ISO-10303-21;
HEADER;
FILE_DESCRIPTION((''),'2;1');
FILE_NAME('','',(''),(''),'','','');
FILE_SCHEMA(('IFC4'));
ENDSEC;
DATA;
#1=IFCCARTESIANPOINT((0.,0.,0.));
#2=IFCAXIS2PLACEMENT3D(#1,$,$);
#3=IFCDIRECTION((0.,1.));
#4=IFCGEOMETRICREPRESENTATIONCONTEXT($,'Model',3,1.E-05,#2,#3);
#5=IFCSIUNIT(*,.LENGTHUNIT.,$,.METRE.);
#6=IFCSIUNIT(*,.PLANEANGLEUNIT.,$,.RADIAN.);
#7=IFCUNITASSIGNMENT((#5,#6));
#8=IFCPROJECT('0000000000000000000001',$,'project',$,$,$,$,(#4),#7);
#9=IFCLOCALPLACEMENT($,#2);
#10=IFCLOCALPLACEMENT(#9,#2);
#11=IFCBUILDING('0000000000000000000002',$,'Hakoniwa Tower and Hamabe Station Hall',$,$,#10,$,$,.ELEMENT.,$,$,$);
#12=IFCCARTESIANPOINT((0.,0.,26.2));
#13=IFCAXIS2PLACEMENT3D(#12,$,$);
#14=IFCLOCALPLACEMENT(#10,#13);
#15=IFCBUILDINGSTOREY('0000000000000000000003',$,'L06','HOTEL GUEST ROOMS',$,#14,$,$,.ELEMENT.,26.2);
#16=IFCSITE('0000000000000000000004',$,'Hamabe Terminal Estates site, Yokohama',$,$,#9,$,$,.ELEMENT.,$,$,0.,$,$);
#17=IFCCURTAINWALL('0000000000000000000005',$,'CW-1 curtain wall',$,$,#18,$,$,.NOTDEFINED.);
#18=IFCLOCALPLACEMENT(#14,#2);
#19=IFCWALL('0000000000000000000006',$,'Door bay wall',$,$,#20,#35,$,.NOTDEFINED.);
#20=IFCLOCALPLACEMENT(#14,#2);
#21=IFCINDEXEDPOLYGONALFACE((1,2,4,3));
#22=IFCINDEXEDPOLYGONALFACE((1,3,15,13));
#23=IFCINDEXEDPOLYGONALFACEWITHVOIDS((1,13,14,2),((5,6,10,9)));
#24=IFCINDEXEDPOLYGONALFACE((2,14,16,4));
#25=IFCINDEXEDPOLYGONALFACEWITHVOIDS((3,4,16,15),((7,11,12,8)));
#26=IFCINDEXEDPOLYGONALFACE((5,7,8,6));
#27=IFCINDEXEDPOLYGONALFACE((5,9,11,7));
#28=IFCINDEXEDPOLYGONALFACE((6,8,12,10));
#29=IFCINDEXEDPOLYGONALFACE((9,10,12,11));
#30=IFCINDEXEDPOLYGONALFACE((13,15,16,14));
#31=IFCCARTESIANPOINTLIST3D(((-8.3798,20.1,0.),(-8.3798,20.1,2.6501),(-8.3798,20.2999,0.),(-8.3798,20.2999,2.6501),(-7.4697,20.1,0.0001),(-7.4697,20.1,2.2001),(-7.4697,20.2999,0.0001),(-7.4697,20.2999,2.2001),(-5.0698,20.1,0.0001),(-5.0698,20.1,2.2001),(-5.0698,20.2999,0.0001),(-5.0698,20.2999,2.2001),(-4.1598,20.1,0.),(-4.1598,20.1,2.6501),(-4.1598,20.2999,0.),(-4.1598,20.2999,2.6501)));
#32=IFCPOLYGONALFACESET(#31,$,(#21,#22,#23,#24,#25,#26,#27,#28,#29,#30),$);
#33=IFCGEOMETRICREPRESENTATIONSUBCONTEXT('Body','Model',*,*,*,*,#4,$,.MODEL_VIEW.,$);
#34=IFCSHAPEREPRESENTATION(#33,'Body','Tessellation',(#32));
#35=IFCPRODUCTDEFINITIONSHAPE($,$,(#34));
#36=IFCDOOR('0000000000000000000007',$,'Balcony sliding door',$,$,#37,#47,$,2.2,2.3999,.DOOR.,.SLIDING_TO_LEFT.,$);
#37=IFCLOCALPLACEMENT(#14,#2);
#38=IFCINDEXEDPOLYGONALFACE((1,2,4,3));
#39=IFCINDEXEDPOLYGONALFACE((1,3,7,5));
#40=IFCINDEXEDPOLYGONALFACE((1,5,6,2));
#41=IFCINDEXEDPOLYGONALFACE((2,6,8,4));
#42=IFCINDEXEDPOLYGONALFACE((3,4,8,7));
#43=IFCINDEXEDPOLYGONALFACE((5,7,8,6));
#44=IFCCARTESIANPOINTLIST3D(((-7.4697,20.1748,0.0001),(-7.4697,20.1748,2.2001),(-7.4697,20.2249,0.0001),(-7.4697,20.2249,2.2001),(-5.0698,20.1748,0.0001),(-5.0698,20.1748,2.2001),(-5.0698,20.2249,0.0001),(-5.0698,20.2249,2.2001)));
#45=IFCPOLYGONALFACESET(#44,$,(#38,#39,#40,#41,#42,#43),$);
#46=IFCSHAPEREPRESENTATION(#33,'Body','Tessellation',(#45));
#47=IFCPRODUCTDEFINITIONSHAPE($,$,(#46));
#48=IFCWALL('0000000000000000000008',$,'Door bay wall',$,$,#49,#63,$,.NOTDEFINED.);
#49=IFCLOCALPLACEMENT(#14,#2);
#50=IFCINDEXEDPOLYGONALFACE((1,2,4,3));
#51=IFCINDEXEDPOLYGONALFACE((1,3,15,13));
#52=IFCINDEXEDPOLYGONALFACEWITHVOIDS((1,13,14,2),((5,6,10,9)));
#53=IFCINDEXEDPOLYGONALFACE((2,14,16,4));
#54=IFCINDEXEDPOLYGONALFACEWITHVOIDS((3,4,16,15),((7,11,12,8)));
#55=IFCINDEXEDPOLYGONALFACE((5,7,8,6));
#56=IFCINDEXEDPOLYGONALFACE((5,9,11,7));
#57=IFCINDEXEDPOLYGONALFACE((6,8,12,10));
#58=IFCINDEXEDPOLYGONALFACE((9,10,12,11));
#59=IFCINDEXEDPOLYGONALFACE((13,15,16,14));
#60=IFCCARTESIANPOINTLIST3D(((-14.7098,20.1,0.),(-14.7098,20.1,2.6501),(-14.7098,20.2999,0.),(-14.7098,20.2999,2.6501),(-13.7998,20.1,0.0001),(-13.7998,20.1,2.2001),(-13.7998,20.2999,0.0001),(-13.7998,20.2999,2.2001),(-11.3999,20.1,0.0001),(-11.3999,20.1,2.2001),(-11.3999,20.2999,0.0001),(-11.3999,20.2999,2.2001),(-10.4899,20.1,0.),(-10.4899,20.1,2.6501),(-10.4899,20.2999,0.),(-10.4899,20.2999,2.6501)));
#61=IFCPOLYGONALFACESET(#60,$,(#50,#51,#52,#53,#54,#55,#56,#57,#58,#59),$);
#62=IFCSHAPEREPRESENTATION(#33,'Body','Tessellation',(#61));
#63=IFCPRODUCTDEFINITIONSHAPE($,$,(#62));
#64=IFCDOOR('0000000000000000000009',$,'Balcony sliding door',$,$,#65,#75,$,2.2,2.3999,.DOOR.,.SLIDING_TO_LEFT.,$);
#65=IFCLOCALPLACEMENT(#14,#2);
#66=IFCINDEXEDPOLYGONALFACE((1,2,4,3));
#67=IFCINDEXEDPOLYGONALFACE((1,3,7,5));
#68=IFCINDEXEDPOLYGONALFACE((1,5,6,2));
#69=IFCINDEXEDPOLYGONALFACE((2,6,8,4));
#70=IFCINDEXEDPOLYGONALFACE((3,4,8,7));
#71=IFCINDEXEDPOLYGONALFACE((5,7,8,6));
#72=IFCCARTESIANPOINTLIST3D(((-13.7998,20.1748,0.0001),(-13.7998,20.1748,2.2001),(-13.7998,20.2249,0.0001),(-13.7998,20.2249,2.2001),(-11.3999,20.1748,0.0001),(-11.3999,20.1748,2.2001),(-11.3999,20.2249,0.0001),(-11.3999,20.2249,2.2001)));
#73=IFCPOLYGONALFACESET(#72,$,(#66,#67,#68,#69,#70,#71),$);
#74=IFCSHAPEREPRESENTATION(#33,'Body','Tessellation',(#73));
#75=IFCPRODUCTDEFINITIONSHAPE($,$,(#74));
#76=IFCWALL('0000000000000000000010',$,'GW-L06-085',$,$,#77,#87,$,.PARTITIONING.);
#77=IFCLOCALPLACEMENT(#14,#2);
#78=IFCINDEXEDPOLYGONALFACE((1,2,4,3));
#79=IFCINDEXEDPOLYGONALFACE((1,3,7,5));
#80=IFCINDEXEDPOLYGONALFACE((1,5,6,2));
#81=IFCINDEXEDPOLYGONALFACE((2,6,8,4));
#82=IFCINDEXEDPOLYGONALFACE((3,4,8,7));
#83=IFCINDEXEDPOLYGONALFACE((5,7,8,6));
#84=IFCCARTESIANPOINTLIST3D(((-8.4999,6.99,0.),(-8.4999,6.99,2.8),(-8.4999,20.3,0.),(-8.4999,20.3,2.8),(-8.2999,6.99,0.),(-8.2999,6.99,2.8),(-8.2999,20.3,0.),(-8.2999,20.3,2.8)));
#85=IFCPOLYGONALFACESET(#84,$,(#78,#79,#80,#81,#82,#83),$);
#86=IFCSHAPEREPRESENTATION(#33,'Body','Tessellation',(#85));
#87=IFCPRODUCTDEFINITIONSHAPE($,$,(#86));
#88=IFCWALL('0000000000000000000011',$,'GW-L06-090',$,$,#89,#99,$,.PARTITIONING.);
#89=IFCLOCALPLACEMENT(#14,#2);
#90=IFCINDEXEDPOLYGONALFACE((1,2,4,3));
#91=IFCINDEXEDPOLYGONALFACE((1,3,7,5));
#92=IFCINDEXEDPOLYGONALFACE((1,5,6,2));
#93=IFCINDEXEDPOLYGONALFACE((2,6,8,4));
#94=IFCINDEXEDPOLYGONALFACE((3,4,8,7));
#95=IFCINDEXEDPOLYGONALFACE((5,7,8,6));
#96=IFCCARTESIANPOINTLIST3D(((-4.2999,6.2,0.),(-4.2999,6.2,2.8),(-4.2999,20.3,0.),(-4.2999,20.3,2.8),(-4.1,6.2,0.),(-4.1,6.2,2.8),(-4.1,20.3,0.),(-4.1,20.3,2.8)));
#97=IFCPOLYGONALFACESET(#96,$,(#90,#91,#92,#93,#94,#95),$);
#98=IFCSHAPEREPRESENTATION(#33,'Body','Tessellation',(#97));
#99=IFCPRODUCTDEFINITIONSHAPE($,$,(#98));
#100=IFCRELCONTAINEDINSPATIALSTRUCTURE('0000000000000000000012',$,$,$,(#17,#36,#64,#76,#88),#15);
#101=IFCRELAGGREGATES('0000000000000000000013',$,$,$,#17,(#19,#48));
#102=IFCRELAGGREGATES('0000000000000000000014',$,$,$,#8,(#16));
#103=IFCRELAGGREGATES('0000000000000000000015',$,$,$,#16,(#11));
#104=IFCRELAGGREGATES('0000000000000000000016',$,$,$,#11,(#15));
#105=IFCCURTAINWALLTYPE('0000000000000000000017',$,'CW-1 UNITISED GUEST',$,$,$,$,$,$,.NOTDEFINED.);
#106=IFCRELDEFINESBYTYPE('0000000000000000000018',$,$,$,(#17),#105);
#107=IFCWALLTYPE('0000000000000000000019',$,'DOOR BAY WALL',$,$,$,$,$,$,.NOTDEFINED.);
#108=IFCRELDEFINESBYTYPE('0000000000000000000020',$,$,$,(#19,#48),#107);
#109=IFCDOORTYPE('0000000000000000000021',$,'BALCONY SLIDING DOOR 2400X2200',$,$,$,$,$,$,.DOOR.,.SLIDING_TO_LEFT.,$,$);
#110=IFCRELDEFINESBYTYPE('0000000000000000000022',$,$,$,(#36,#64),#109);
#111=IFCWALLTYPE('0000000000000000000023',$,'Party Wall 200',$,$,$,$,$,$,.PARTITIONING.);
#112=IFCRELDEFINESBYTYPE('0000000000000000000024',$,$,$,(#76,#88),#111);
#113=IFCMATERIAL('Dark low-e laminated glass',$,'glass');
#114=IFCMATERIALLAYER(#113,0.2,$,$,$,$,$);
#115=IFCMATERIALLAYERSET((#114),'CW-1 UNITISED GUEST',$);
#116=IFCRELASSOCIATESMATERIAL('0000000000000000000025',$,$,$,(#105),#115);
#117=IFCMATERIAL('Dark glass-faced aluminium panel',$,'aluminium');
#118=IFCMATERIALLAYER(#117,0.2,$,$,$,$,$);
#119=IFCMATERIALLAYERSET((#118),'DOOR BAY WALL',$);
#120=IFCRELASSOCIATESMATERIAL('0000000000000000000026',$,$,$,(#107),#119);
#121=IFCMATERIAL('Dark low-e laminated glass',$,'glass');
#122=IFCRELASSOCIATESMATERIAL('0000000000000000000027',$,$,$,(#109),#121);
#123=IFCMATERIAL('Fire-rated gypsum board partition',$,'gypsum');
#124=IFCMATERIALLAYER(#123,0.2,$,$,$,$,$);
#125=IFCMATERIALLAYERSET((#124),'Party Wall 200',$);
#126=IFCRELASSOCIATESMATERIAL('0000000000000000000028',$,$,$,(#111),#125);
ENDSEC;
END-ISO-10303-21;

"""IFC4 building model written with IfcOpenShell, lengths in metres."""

from ifc_helpers import new_model, si_unit, direction, frame, frame_2d, origin, place, context, subcontext, project, spatial, rectangle, extrude, material, layer, layer_set, type_object, element, fill, aggregate, save


model = new_model("IFC4")

# Units and contexts
model_context = context("Model", 3, precision=1e-05, world=origin(), true_north=direction((0.0, 1.0)))
body_context = subcontext(model_context, "Body", "Model", "MODEL_VIEW")
ifc_project = project(units=[si_unit("LENGTHUNIT", "METRE"), si_unit("PLANEANGLEUNIT", "RADIAN")], contexts=[model_context])

# Site, building, storey
site_placement = place(None, origin())
site = spatial("IfcSite", under=ifc_project, at=site_placement, Name="Hamabe Terminal Estates site, Yokohama", CompositionType="ELEMENT", RefElevation=0.0)
building_placement = place(site_placement, origin())
building = spatial("IfcBuilding", under=site, at=building_placement, Name="Hakoniwa Tower and Hamabe Station Hall", CompositionType="ELEMENT")
storey_placement = place(building_placement, frame((0.0, 0.0, 26.2)))
storey = spatial("IfcBuildingStorey", under=building, at=storey_placement, Name="L06", Description="HOTEL GUEST ROOMS", CompositionType="ELEMENT", Elevation=26.2)

# Curtain wall
ifc_material_1 = material(Name="Dark low-e laminated glass", Category="glass")
ifc_layer_1 = layer(ifc_material_1, 0.2)
ifc_layer_set_1 = layer_set([ifc_layer_1], Name="CW-1 UNITISED GUEST")
curtain_wall_type = type_object("IfcCurtainWallType", Name="CW-1 UNITISED GUEST", PredefinedType="NOTDEFINED", material=ifc_layer_set_1)
curtain_wall_1_placement = place(storey_placement, origin())
curtain_wall_1 = element("IfcCurtainWall", 1, at=curtain_wall_1_placement, inside=storey, type_object=curtain_wall_type, Name="CW-1 curtain wall", PredefinedType="NOTDEFINED")

# Walls, openings, doors
ifc_material_2 = material(Name="Dark glass-faced aluminium panel", Category="aluminium")
ifc_layer_2 = layer(ifc_material_2, 0.2)
ifc_layer_set_2 = layer_set([ifc_layer_2], Name="DOOR BAY WALL")
wall_type_1 = type_object("IfcWallType", Name="DOOR BAY WALL", PredefinedType="NOTDEFINED", material=ifc_layer_set_2)
ifc_material_3 = material(Name="Dark low-e laminated glass", Category="glass")
door_type_1 = type_object("IfcDoorType", Name="BALCONY SLIDING DOOR 2400X2200", OperationType="SLIDING_TO_LEFT", PredefinedType="DOOR", material=ifc_material_3)
wall_1_placement = place(storey_placement, frame((-4.1599, 20.2, 0.0), z_axis=(0.0, 0.0, 1.0), x_axis=(-1.0, 0.0, 0.0)))
wall_1 = element("IfcWall", 2, at=wall_1_placement, type_object=wall_type_1, Name="Door bay wall", PredefinedType="NOTDEFINED", context=body_context, shape_type="SweptSolid", body=[
    extrude(rectangle(XDim=4.22, YDim=0.2, at=frame_2d((2.1099, 0.0))), origin(), (0.0, 0.0, 1.0), 2.6501),
])
opening_1_placement = place(wall_1_placement, frame((0.9099, 0.0, 0.0)))
opening_1 = element("IfcOpeningElement", 3, at=opening_1_placement, cuts=wall_1, PredefinedType="OPENING", context=body_context, shape_type="SweptSolid", body=[
    extrude(rectangle(XDim=2.3999, YDim=2.2, at=frame_2d((1.2, 1.1001))), frame((0.0, 0.1099, 0.0), z_axis=(0.0, -1.0, 0.0), x_axis=(1.0, 0.0, 0.0)), (0.0, 0.0, 1.0), 0.22),
])
door_1_placement = place(opening_1_placement, frame((2.3999, 0.0, 0.0), z_axis=(0.0, 0.0, 1.0), x_axis=(-1.0, 0.0, 0.0)))
door_1 = element("IfcDoor", 4, at=door_1_placement, inside=storey, type_object=door_type_1, Name="Balcony sliding door", OperationType="SLIDING_TO_LEFT", OverallHeight=2.2, OverallWidth=2.3999, PredefinedType="DOOR", context=body_context, shape_type="SweptSolid", body=[
    extrude(rectangle(XDim=2.3999, YDim=2.2, at=frame_2d((1.2, 1.1001))), frame((0.0, 0.0249, 0.0), z_axis=(0.0, -1.0, 0.0), x_axis=(1.0, 0.0, 0.0)), (0.0, 0.0, 1.0), 0.05),
])
fill(opening_1, door_1)
wall_2_placement = place(storey_placement, frame((-10.49, 20.2, 0.0), z_axis=(0.0, 0.0, 1.0), x_axis=(-1.0, 0.0, 0.0)))
wall_2 = element("IfcWall", 5, at=wall_2_placement, type_object=wall_type_1, Name="Door bay wall", PredefinedType="NOTDEFINED", context=body_context, shape_type="SweptSolid", body=[
    extrude(rectangle(XDim=4.22, YDim=0.2, at=frame_2d((2.1099, 0.0))), origin(), (0.0, 0.0, 1.0), 2.6501),
])
opening_2_placement = place(wall_2_placement, frame((0.9099, 0.0, 0.0)))
opening_2 = element("IfcOpeningElement", 6, at=opening_2_placement, cuts=wall_2, PredefinedType="OPENING", context=body_context, shape_type="SweptSolid", body=[
    extrude(rectangle(XDim=2.3999, YDim=2.2, at=frame_2d((1.2, 1.1001))), frame((0.0, 0.1099, 0.0), z_axis=(0.0, -1.0, 0.0), x_axis=(1.0, 0.0, 0.0)), (0.0, 0.0, 1.0), 0.22),
])
door_2_placement = place(opening_2_placement, frame((2.3999, 0.0, 0.0), z_axis=(0.0, 0.0, 1.0), x_axis=(-1.0, 0.0, 0.0)))
door_2 = element("IfcDoor", 7, at=door_2_placement, inside=storey, type_object=door_type_1, Name="Balcony sliding door", OperationType="SLIDING_TO_LEFT", OverallHeight=2.2, OverallWidth=2.3999, PredefinedType="DOOR", context=body_context, shape_type="SweptSolid", body=[
    extrude(rectangle(XDim=2.3999, YDim=2.2, at=frame_2d((1.2, 1.1001))), frame((0.0, 0.0249, 0.0), z_axis=(0.0, -1.0, 0.0), x_axis=(1.0, 0.0, 0.0)), (0.0, 0.0, 1.0), 0.05),
])
fill(opening_2, door_2)
aggregate(curtain_wall_1, [wall_1, wall_2])

# Walls
ifc_material_4 = material(Name="Fire-rated gypsum board partition", Category="gypsum")
ifc_layer_3 = layer(ifc_material_4, 0.2)
ifc_layer_set_3 = layer_set([ifc_layer_3], Name="Party Wall 200")
wall_type_2 = type_object("IfcWallType", Name="Party Wall 200", PredefinedType="PARTITIONING", material=ifc_layer_set_3)
wall_3_placement = place(storey_placement, frame((-8.3999, 6.99, 0.0), z_axis=(0.0, 0.0, 1.0), x_axis=(0.0, 1.0, 0.0)))
element("IfcWall", 8, at=wall_3_placement, inside=storey, type_object=wall_type_2, Name="GW-L06-085", PredefinedType="PARTITIONING", context=body_context, shape_type="SweptSolid", body=[
    extrude(rectangle(XDim=13.3101, YDim=0.2, at=frame_2d((6.655, 0.0))), origin(), (0.0, 0.0, 1.0), 2.8),
])
wall_4_placement = place(storey_placement, frame((-4.2, 6.2, 0.0), z_axis=(0.0, 0.0, 1.0), x_axis=(0.0, 1.0, 0.0)))
element("IfcWall", 9, at=wall_4_placement, inside=storey, type_object=wall_type_2, Name="GW-L06-090", PredefinedType="PARTITIONING", context=body_context, shape_type="SweptSolid", body=[
    extrude(rectangle(XDim=14.1001, YDim=0.2, at=frame_2d((7.05, 0.0))), origin(), (0.0, 0.0, 1.0), 2.8),
])

save(model, "model.ifc")
